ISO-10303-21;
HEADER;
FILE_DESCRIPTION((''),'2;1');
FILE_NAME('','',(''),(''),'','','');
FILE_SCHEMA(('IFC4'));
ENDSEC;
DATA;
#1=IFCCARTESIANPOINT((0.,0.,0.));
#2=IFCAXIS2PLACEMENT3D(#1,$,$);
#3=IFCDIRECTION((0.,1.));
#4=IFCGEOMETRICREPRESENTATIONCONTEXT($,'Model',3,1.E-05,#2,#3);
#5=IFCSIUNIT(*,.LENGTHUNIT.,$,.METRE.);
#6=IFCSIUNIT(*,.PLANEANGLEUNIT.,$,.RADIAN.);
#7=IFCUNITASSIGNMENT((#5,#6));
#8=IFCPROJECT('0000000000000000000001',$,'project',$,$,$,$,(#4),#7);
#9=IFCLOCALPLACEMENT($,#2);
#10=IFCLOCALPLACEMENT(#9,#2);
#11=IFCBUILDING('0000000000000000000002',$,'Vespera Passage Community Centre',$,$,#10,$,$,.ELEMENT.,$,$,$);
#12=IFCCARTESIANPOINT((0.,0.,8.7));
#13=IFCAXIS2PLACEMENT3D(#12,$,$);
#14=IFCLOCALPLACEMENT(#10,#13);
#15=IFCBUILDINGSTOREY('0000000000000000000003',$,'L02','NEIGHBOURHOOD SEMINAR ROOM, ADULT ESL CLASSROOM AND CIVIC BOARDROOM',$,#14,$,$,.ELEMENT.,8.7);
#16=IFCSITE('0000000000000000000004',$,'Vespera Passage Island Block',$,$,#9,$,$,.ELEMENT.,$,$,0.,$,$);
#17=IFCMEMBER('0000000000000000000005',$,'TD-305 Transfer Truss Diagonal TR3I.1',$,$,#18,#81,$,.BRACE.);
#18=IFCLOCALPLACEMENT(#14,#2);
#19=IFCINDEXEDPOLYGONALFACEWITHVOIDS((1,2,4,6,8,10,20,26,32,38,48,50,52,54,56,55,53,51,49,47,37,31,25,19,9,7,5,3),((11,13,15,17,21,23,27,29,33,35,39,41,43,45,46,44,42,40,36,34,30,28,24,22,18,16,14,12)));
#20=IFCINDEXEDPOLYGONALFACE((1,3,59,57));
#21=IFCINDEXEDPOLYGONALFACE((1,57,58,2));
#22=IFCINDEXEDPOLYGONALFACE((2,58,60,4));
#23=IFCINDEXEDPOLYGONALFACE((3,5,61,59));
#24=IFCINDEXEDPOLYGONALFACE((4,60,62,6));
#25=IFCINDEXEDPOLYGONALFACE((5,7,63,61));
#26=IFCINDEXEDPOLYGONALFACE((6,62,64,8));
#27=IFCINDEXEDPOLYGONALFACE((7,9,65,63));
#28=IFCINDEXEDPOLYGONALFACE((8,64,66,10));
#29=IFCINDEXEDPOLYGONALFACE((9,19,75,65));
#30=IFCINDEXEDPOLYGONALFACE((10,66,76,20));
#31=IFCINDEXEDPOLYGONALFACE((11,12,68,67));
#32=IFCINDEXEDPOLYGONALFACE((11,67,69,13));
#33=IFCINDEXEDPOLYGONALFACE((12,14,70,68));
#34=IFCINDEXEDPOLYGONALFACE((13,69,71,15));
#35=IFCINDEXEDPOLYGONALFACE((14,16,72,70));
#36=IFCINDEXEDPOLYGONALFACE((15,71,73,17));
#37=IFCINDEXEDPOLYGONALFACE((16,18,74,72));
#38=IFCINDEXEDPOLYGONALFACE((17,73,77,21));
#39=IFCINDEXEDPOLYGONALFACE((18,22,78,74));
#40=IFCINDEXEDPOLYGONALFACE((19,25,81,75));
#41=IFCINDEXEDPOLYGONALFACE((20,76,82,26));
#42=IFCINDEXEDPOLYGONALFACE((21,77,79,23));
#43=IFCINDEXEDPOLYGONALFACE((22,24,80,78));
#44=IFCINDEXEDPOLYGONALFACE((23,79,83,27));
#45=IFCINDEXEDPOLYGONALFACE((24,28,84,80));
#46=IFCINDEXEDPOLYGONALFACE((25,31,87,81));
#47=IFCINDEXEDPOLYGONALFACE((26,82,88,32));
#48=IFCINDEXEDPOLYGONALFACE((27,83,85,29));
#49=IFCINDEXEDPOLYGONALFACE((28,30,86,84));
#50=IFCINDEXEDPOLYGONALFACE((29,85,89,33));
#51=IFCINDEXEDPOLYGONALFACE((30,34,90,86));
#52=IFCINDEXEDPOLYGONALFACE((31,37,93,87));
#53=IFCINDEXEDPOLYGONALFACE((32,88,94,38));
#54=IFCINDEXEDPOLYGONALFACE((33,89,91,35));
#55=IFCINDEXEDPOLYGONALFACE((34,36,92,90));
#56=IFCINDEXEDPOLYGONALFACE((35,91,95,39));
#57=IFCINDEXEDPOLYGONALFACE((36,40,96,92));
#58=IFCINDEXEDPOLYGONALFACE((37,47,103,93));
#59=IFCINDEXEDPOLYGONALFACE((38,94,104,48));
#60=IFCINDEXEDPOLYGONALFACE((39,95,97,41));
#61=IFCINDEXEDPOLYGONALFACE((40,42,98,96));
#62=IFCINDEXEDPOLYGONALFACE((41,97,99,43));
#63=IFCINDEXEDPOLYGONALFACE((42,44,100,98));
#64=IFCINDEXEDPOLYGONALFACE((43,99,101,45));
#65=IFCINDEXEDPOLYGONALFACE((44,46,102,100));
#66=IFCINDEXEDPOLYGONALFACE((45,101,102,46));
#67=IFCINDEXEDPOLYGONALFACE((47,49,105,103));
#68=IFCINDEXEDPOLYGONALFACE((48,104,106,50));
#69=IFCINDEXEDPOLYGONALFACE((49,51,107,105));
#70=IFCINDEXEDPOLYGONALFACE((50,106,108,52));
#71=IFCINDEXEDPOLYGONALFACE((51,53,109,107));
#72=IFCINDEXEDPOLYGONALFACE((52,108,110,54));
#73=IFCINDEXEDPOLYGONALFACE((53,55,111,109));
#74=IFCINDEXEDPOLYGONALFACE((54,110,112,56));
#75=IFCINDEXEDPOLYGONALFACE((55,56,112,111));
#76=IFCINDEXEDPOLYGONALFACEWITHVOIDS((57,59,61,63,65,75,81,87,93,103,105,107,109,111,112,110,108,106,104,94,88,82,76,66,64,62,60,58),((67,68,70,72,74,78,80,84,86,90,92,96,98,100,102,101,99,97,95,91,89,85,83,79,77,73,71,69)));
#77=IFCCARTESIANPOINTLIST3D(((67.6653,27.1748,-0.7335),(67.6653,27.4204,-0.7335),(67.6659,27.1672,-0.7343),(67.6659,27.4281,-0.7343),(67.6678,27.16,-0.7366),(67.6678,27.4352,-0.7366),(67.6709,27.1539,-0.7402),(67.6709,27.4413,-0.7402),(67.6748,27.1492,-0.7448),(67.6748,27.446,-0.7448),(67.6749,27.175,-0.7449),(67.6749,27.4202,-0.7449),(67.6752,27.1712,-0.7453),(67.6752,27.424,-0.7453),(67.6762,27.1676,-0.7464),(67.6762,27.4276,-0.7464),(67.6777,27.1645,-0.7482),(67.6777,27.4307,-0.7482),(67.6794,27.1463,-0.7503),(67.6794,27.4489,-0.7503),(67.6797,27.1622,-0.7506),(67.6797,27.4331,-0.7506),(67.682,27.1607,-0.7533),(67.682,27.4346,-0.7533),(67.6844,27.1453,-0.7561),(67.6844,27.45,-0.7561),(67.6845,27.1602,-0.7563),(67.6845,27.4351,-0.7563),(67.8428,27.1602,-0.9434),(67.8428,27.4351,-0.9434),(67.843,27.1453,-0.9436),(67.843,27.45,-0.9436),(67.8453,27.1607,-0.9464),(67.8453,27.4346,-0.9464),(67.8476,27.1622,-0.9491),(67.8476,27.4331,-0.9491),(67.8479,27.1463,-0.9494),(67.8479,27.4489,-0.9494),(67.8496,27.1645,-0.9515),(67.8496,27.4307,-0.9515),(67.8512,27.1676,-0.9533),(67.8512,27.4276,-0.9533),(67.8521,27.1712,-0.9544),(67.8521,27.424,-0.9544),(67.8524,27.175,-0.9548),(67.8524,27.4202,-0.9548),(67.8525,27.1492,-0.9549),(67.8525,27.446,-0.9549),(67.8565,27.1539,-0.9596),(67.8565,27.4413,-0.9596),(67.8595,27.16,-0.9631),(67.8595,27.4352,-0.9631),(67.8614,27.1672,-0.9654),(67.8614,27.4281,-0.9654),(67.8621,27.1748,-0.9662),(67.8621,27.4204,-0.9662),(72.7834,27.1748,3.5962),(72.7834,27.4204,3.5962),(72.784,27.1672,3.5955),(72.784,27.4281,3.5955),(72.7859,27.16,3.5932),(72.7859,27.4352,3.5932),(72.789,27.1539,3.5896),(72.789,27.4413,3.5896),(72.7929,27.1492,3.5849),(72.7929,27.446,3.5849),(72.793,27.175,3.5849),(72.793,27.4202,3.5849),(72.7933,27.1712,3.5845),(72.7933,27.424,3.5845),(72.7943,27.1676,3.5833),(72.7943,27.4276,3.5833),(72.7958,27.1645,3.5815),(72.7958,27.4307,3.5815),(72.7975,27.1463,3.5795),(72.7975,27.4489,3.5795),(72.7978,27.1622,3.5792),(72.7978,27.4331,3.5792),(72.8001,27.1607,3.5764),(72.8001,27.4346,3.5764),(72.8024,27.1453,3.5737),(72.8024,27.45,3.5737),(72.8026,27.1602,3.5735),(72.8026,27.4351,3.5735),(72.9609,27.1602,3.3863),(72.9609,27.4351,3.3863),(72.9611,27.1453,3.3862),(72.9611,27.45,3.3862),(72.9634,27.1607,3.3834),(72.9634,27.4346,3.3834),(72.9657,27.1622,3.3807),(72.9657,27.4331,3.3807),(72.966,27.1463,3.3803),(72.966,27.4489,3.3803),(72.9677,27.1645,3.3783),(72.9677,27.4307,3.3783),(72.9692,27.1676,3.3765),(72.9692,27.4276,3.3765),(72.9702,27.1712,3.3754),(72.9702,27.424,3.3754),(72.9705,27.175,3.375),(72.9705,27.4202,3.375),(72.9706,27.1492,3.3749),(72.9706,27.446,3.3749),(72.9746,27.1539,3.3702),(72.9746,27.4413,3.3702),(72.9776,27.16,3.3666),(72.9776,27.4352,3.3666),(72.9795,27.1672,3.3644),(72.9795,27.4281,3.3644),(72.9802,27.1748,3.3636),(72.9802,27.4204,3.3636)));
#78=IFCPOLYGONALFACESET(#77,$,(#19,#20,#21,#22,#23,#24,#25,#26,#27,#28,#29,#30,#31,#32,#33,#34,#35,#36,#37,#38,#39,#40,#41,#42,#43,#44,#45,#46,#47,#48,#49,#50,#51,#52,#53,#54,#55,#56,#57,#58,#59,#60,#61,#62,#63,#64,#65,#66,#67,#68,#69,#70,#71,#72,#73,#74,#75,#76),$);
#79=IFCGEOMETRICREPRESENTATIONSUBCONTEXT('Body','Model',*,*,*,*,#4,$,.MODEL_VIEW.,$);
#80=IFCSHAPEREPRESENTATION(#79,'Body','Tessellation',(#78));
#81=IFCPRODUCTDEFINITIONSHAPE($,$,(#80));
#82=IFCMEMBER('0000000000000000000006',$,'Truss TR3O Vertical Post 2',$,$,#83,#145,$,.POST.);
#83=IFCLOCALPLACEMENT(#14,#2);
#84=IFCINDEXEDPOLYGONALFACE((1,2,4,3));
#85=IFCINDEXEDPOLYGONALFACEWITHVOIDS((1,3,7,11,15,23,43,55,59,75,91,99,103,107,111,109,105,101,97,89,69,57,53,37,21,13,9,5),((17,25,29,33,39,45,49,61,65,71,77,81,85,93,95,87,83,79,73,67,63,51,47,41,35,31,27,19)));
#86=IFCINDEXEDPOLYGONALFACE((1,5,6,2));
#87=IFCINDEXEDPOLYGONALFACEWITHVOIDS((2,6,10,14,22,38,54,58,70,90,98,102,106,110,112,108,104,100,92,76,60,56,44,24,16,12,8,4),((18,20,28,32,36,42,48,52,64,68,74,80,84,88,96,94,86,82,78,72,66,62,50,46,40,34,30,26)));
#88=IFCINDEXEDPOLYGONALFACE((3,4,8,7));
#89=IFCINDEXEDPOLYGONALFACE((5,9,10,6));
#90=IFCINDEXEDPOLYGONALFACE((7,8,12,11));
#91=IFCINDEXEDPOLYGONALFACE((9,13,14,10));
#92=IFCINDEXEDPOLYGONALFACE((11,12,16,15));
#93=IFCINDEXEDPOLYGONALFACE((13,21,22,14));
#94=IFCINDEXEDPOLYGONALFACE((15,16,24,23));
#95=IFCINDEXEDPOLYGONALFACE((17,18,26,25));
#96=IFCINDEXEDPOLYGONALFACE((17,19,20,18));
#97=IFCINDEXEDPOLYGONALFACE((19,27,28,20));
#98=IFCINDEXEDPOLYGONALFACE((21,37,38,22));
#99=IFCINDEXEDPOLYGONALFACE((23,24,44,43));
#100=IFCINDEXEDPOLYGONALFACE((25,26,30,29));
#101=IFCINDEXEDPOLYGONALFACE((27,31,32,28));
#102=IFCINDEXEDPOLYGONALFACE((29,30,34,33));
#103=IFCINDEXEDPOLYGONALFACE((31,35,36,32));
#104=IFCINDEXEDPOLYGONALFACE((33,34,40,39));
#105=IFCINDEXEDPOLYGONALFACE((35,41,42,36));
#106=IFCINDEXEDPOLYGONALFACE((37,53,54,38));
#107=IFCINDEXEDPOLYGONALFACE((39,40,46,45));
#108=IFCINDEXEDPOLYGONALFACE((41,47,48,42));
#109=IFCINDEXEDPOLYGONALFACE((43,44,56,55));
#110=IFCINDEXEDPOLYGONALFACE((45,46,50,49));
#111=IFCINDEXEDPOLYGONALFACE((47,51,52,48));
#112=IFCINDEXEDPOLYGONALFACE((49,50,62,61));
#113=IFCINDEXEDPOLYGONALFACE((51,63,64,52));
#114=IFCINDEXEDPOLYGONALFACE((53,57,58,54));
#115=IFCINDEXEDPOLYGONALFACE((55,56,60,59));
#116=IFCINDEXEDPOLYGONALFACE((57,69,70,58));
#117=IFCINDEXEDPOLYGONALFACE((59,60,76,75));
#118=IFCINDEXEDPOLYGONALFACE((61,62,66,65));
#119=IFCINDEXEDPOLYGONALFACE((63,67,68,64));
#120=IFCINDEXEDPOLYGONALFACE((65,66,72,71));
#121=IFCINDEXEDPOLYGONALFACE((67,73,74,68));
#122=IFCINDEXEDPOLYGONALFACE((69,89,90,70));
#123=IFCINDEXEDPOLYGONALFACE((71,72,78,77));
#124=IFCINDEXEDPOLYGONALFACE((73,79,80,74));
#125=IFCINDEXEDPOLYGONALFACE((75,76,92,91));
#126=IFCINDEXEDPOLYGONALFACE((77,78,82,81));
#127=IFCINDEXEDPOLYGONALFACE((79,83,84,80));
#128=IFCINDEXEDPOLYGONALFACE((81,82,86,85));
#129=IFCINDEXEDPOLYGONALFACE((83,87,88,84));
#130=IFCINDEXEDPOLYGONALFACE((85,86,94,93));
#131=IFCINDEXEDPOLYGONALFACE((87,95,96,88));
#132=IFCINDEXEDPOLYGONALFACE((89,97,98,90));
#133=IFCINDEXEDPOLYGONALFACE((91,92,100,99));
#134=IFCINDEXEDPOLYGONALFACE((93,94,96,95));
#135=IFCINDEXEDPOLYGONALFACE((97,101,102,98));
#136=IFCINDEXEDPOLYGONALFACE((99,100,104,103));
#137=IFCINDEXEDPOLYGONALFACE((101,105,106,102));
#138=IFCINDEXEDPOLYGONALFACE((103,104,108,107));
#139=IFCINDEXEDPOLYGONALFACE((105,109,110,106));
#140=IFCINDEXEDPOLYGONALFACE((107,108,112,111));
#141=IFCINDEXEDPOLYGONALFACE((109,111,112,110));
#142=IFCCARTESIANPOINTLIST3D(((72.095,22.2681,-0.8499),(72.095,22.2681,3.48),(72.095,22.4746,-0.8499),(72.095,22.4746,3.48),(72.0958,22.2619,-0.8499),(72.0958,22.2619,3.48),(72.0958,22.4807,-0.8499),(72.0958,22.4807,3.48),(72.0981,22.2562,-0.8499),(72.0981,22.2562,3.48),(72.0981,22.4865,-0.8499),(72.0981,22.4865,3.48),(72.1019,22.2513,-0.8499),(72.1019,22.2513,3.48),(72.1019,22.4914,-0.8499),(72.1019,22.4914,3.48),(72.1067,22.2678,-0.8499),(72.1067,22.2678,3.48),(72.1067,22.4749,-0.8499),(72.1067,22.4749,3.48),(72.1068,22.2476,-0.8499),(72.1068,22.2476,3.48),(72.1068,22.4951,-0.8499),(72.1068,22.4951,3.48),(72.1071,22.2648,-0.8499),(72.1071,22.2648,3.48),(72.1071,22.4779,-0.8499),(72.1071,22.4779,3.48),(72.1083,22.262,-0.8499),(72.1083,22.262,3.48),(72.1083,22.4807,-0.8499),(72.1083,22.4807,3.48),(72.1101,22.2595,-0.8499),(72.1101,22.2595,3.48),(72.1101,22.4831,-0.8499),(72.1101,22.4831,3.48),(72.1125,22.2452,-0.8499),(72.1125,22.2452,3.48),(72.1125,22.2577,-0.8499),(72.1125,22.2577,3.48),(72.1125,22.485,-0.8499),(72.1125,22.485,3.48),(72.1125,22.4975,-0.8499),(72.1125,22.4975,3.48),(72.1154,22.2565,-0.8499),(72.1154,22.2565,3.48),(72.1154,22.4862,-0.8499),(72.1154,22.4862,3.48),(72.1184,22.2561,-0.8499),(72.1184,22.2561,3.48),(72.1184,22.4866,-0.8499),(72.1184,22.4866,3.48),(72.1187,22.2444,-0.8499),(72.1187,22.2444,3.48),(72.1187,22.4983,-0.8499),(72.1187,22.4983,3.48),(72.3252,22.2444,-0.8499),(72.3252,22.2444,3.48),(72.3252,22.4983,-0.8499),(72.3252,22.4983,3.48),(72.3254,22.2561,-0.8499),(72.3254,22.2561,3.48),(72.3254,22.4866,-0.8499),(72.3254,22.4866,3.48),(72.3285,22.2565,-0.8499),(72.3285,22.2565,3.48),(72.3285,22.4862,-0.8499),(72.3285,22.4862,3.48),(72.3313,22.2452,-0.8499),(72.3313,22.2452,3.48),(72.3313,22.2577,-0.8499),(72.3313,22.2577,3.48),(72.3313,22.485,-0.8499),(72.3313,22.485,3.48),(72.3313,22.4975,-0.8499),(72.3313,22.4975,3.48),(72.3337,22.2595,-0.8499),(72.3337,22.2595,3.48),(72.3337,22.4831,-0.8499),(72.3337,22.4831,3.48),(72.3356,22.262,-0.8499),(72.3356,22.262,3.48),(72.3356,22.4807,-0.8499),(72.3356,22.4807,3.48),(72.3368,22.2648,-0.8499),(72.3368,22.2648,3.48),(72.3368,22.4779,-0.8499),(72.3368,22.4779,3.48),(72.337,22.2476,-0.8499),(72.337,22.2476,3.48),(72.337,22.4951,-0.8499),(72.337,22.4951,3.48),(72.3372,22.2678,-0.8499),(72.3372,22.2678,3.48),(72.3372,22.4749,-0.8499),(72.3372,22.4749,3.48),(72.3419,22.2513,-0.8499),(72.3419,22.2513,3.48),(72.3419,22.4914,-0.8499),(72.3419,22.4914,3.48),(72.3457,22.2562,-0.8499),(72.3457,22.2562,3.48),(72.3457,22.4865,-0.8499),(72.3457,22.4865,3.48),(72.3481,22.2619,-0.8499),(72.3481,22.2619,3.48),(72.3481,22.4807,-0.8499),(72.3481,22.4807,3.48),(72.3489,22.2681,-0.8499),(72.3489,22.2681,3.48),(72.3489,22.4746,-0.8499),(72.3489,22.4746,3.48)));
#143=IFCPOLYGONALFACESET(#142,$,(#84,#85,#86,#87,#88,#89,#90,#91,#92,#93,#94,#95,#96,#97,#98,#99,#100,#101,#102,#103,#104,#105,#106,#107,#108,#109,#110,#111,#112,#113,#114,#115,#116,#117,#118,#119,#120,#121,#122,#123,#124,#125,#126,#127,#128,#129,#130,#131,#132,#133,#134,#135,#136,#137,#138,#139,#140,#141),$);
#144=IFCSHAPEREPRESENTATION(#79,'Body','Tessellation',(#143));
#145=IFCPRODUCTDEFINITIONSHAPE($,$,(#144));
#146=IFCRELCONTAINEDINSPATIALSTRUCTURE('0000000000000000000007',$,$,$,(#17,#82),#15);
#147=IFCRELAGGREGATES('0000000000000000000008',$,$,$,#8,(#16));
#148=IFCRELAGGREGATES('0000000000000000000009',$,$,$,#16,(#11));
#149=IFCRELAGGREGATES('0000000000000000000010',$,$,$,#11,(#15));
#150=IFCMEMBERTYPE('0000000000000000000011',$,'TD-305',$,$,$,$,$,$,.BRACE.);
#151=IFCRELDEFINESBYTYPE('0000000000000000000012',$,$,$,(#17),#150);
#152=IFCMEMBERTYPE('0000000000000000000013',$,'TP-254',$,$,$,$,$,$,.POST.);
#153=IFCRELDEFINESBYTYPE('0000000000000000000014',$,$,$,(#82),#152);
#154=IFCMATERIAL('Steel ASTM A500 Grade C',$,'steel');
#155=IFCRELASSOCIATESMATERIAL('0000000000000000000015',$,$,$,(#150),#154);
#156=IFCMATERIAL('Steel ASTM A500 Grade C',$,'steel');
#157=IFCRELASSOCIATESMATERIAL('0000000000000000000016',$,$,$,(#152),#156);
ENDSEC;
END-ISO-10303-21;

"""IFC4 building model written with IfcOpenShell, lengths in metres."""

from ifc_helpers import new_model, si_unit, direction, frame, origin, origin_2d, place, context, subcontext, project, spatial, hollow_rectangle, extrude, material, material_profile, profile_set, type_object, element, save


model = new_model("IFC4")

# Units and contexts
model_context = context("Model", 3, precision=1e-05, world=origin(), true_north=direction((0.0, 1.0)))
body_context = subcontext(model_context, "Body", "Model", "MODEL_VIEW")
ifc_project = project(units=[si_unit("LENGTHUNIT", "METRE"), si_unit("PLANEANGLEUNIT", "RADIAN")], contexts=[model_context])

# Site, building, storey
site_placement = place(None, origin())
site = spatial("IfcSite", under=ifc_project, at=site_placement, Name="Vespera Passage Island Block", CompositionType="ELEMENT", RefElevation=0.0)
building_placement = place(site_placement, origin())
building = spatial("IfcBuilding", under=site, at=building_placement, Name="Vespera Passage Community Centre", CompositionType="ELEMENT")
storey_placement = place(building_placement, frame((0.0, 0.0, 8.7)))
storey = spatial("IfcBuildingStorey", under=building, at=storey_placement, Name="L02", Description="NEIGHBOURHOOD SEMINAR ROOM, ADULT ESL CLASSROOM AND CIVIC BOARDROOM", CompositionType="ELEMENT", Elevation=8.7)

# Members
ifc_material_1 = material(Name="Steel ASTM A500 Grade C", Category="steel")
ifc_material_profile_1 = material_profile(ifc_material_1, hollow_rectangle(XDim=0.3047, YDim=0.3047, WallThickness=0.0149, InnerFilletRadius=0.0149, OuterFilletRadius=0.0295, at=origin_2d()), Name="HSS305X305X15.9")
ifc_profile_set_1 = profile_set([ifc_material_profile_1], Name="Steel ASTM A500 Grade C")
member_type_1 = type_object("IfcMemberType", Name="TD-305", PredefinedType="BRACE", material=ifc_profile_set_1)
member_placement = place(storey_placement, frame((67.7637, 27.2976, -0.8499), z_axis=(0.763454, 0.0, 0.645862), x_axis=(0.0, 1.0, 0.0)))
element("IfcMember", 1, at=member_placement, inside=storey, type_object=member_type_1, Name="TD-305 Transfer Truss Diagonal TR3I.1", PredefinedType="BRACE", context=body_context, shape_type="SweptSolid", body=[
    extrude(hollow_rectangle(XDim=0.3047, YDim=0.3047, WallThickness=0.0149, InnerFilletRadius=0.0149, OuterFilletRadius=0.0295, at=origin_2d()), origin(), (0.0, 0.0, 1.0), 6.7039),
])
ifc_material_2 = material(Name="Steel ASTM A500 Grade C", Category="steel")
ifc_material_profile_2 = material_profile(ifc_material_2, hollow_rectangle(XDim=0.2539, YDim=0.2539, WallThickness=0.0117, InnerFilletRadius=0.0117, OuterFilletRadius=0.0237, at=origin_2d()), Name="HSS254X254X12.7")
ifc_profile_set_2 = profile_set([ifc_material_profile_2], Name="Steel ASTM A500 Grade C")
member_type_2 = type_object("IfcMemberType", Name="TP-254", PredefinedType="POST", material=ifc_profile_set_2)
for number, where, z_axis, x_axis, name in (
    (2, (72.2219, 22.3713, -0.8499), (0.0, 0.0, 1.0), (1.0, 0.0, 0.0), "Truss TR3O Vertical Post 2"),
):
    element("IfcMember", number, at=place(storey_placement, frame(where, z_axis=z_axis, x_axis=x_axis)), inside=storey, type_object=member_type_2, Name=name, PredefinedType="POST", context=body_context, shape_type="SweptSolid", body=[
        extrude(hollow_rectangle(XDim=0.2539, YDim=0.2539, WallThickness=0.0117, InnerFilletRadius=0.0117, OuterFilletRadius=0.0237, at=origin_2d()), origin(), (0.0, 0.0, 1.0), 4.3298),
    ])

save(model, "model.ifc")
